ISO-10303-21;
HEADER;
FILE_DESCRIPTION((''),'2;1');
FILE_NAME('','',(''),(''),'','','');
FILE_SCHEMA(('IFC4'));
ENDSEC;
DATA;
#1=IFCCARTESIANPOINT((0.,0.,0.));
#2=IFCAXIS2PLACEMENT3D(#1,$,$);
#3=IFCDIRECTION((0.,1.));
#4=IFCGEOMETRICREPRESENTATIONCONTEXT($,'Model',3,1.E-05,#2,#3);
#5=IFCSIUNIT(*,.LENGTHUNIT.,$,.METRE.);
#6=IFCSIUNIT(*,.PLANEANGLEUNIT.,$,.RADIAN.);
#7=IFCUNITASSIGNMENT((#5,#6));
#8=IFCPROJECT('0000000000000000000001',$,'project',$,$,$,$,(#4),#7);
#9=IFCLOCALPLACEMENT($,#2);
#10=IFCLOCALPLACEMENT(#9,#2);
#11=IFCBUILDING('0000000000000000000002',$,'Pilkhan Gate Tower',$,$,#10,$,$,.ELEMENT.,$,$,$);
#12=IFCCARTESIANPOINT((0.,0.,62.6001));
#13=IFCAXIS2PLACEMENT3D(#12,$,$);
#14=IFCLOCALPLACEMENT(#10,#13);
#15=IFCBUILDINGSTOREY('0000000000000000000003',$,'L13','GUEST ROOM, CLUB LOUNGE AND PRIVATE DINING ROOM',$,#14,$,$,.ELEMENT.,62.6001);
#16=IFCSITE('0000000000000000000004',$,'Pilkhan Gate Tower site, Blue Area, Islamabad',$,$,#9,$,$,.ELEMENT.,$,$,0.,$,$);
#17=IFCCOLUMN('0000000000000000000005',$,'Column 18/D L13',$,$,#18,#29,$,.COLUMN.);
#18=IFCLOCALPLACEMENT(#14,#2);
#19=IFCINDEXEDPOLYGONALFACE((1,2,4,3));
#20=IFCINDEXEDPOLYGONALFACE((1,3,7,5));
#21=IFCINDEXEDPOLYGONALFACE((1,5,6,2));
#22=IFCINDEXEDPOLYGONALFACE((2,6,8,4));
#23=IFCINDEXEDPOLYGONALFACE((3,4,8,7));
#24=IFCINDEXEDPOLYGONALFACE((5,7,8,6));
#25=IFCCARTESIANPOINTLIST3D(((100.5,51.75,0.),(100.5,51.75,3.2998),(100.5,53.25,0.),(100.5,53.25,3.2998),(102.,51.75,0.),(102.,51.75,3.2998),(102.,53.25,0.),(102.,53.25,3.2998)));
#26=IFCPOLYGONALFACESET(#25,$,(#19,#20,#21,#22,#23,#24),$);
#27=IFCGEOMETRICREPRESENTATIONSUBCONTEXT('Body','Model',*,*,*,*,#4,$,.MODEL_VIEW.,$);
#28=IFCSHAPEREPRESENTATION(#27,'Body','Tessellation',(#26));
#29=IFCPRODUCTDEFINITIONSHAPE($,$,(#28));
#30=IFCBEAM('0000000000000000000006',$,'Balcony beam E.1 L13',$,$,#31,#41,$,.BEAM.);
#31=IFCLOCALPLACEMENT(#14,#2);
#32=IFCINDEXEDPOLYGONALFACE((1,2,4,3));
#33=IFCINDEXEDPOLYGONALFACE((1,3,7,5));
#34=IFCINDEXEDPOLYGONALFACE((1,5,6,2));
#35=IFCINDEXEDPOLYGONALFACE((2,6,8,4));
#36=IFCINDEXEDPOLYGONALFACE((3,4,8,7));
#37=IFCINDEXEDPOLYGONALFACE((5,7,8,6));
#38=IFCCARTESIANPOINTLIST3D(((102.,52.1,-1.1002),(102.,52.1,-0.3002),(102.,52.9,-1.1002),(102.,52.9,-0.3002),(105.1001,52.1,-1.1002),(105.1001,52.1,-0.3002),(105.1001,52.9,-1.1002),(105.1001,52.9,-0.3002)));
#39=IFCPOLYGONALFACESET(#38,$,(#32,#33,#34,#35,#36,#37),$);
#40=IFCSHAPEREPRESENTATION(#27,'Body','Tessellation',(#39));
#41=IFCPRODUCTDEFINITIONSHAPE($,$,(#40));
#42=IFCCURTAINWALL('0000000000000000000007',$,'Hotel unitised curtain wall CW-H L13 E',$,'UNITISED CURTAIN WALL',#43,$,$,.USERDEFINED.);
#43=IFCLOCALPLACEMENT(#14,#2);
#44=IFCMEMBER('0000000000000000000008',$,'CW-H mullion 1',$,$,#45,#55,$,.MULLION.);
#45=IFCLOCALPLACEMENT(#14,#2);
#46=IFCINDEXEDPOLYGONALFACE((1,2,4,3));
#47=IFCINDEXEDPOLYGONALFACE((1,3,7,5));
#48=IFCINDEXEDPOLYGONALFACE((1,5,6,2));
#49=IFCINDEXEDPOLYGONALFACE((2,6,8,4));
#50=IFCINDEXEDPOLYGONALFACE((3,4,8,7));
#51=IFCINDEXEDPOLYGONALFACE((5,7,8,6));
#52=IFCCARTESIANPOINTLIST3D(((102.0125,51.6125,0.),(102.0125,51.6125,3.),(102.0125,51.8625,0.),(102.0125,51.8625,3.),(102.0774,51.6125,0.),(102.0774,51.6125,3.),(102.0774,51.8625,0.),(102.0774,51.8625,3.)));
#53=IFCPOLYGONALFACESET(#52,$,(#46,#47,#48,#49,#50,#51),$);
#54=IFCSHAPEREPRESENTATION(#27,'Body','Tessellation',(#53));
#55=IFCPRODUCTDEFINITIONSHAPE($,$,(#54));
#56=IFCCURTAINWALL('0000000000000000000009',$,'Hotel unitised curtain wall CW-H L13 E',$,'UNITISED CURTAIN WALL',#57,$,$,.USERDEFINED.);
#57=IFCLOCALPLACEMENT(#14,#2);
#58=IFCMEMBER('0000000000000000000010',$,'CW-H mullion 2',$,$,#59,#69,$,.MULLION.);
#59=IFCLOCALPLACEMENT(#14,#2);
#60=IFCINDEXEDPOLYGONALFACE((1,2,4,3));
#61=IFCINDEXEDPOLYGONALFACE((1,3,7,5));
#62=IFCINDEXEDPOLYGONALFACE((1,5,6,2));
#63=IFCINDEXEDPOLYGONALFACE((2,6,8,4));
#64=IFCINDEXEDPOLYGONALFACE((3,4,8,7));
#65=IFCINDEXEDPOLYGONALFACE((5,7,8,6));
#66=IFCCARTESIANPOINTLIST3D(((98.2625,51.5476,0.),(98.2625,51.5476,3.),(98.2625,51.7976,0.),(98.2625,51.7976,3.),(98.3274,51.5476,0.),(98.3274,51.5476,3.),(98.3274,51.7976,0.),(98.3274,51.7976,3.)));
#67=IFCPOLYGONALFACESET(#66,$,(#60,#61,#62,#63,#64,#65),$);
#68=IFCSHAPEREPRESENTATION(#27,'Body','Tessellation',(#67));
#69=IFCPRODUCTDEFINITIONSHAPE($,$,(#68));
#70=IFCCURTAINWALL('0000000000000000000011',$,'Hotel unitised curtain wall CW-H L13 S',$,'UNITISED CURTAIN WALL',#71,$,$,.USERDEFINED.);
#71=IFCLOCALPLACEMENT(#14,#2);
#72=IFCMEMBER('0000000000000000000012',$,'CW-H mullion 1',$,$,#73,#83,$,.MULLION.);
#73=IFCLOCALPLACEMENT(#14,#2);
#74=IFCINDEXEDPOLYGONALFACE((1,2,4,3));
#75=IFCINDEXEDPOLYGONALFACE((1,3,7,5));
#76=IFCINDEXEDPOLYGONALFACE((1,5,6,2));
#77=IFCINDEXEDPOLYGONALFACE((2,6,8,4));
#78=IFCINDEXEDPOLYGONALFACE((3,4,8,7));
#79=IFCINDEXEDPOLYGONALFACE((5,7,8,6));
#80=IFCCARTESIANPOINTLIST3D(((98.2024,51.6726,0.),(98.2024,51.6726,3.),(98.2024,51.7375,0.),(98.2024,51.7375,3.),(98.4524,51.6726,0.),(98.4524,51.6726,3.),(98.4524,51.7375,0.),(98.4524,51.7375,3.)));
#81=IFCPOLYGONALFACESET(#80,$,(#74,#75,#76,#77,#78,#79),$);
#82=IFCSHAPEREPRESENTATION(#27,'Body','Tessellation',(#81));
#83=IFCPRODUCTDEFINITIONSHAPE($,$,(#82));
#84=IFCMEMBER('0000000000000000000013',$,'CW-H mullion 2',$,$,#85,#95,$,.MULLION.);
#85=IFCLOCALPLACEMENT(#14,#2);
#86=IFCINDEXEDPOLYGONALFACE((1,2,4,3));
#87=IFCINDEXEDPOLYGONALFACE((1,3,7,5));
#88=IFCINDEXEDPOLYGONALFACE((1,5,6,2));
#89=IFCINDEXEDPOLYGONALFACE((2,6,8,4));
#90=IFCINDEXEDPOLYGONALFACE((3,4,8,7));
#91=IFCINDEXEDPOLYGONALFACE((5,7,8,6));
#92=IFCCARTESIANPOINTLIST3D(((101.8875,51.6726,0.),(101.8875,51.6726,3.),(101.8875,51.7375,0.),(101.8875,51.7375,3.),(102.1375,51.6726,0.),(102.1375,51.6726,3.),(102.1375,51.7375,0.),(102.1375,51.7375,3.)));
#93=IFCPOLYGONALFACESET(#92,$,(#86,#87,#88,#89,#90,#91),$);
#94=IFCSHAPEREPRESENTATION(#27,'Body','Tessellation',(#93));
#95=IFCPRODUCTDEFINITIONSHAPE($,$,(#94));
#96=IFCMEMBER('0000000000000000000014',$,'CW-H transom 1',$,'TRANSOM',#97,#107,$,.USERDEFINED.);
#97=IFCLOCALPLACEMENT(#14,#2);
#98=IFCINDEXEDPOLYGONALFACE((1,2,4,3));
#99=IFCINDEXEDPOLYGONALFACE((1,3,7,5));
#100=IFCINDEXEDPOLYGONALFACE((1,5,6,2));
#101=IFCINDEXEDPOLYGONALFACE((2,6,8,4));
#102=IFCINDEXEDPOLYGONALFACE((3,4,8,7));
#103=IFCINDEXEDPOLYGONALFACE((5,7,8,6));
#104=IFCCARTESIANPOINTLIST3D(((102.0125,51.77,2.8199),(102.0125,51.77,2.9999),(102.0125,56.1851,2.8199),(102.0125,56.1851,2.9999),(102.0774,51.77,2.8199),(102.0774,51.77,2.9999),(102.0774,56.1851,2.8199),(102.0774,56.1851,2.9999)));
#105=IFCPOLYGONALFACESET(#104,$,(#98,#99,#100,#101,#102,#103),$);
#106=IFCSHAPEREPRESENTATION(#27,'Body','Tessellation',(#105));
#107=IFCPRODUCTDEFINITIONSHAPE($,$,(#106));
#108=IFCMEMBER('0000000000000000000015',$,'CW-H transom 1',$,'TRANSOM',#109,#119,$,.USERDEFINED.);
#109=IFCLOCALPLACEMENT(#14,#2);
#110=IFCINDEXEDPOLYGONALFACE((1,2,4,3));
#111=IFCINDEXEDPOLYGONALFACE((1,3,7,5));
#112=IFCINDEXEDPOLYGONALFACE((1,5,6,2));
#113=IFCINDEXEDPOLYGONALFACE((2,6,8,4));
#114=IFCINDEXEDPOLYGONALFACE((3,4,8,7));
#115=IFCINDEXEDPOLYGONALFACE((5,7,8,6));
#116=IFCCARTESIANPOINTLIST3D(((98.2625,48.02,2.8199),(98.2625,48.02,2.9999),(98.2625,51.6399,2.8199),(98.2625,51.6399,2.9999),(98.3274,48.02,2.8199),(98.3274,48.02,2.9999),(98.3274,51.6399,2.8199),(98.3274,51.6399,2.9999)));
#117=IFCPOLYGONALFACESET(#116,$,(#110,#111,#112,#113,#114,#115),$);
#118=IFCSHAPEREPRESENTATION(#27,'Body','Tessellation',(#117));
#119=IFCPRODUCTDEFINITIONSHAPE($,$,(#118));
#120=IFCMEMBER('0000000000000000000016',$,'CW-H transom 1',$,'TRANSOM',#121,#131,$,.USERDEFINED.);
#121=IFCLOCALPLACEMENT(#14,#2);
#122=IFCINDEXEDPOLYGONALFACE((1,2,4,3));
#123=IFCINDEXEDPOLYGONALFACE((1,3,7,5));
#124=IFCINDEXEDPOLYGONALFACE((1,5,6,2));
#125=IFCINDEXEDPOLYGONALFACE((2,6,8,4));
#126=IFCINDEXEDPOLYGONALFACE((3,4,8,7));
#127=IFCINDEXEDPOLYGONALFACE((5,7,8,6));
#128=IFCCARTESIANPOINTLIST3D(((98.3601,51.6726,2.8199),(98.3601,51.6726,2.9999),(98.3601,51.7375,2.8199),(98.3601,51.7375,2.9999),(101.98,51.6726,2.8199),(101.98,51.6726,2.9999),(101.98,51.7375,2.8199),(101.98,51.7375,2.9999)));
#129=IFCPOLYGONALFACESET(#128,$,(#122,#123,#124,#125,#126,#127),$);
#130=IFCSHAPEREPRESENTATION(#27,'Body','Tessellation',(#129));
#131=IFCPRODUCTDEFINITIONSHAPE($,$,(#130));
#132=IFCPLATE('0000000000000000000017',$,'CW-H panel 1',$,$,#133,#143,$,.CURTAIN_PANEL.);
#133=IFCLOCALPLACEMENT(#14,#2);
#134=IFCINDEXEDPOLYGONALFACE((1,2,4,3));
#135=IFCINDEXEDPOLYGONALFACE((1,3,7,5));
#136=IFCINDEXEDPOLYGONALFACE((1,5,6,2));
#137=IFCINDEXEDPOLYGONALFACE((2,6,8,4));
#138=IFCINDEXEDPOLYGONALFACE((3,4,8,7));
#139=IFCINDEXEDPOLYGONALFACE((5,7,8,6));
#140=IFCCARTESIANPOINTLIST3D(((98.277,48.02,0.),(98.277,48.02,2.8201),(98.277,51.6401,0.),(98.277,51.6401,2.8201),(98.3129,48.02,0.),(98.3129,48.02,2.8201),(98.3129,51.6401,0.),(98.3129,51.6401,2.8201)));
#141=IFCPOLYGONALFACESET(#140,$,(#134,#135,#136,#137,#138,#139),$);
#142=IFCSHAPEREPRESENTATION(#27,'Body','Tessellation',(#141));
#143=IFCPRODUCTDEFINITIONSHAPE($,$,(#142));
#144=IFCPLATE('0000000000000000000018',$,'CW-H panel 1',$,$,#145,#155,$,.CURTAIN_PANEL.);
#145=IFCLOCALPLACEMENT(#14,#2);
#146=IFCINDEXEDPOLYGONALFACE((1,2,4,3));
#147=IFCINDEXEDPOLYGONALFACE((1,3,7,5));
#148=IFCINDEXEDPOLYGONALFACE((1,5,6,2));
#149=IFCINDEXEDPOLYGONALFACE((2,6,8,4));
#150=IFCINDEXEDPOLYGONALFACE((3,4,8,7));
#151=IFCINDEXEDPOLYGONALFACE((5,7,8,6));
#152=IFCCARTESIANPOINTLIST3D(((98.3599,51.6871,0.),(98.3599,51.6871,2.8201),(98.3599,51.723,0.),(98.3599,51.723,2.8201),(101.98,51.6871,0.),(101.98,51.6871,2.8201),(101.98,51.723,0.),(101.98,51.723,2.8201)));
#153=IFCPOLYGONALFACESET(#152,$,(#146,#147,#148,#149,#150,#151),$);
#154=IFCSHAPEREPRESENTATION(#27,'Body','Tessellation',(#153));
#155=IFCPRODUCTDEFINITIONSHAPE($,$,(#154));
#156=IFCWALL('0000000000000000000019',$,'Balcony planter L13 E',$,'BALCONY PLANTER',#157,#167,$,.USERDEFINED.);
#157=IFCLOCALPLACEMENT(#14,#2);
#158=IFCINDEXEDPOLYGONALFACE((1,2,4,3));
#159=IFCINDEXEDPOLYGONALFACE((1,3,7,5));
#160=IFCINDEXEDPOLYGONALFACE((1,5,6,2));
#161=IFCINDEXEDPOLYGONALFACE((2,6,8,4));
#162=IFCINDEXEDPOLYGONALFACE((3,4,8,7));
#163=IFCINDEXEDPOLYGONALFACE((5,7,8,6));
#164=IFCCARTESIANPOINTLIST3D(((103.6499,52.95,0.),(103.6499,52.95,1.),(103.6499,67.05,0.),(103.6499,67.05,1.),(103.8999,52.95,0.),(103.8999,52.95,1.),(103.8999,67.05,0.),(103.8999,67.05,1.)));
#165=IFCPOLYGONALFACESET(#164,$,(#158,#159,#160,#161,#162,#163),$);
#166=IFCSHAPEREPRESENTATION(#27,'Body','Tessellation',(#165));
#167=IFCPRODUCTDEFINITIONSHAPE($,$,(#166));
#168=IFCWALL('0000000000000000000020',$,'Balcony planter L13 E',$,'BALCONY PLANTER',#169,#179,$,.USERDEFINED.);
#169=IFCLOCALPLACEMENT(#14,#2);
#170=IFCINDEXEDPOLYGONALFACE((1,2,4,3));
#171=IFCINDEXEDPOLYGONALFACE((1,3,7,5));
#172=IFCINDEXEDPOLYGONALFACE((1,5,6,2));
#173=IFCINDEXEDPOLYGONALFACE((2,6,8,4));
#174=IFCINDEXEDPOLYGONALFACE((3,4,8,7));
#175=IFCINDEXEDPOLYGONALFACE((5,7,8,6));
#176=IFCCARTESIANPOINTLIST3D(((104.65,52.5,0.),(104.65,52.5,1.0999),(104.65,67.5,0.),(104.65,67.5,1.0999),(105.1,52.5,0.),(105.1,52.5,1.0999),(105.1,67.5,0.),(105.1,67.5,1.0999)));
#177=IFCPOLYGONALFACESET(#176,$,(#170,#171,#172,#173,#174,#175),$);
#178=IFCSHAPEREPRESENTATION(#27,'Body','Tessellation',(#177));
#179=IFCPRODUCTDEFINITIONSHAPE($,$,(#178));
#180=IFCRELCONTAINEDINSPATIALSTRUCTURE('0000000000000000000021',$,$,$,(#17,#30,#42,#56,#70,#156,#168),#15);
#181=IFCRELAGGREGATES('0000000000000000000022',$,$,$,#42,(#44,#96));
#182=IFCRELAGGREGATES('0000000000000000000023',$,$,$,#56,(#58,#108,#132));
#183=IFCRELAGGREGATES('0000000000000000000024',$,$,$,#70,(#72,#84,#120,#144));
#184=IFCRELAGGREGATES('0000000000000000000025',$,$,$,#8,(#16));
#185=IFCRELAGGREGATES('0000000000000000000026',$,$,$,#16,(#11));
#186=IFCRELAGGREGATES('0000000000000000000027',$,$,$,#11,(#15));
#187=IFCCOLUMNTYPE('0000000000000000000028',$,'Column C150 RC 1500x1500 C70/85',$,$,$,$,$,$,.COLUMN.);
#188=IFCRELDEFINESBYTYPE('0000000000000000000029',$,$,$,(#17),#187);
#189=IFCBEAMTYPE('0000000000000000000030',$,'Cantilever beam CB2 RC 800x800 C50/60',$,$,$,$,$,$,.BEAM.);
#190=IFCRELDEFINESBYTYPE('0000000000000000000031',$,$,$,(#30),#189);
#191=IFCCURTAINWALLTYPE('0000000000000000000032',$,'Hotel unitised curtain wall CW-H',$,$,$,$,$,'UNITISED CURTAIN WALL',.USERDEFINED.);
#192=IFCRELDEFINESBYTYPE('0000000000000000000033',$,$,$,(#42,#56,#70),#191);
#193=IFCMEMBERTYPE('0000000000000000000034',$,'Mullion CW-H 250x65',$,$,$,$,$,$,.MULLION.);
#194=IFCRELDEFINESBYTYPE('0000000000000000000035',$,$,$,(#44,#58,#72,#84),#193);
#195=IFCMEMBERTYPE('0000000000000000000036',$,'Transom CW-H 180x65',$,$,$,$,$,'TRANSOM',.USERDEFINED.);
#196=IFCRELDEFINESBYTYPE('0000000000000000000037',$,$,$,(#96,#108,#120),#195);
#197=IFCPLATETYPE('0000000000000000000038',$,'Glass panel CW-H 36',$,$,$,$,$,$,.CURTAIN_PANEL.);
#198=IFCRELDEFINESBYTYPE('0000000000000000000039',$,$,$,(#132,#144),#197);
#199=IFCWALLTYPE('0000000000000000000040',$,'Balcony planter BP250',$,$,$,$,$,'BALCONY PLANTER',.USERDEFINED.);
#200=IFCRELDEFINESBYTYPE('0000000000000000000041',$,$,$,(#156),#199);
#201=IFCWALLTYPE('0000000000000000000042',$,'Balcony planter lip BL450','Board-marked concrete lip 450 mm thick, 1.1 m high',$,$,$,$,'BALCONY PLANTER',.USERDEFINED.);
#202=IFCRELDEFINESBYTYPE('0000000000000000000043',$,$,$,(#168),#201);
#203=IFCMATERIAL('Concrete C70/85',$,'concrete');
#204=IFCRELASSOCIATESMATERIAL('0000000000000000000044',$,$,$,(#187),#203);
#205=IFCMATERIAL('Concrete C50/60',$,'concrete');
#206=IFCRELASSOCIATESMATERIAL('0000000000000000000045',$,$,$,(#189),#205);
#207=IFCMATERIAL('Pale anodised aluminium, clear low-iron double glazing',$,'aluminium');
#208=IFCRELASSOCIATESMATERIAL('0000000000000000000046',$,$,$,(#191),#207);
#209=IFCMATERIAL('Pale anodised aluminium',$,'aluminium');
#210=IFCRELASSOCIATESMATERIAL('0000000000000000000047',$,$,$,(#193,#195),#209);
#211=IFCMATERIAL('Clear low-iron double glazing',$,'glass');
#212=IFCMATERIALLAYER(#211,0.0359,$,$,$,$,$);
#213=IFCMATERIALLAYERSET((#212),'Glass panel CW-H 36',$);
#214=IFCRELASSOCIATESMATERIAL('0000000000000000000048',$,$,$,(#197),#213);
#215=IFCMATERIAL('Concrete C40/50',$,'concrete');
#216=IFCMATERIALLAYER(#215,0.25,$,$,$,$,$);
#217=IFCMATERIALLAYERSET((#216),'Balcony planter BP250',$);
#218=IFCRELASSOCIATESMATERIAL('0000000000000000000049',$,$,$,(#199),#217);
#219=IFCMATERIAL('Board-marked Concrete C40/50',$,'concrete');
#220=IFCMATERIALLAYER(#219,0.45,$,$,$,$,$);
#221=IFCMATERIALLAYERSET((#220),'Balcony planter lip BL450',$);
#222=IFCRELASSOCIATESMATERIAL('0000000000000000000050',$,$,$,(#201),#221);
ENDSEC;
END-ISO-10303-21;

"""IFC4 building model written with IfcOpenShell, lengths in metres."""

from ifc_helpers import new_model, si_unit, direction, frame, frame_2d, origin, origin_2d, place, context, subcontext, project, spatial, rectangle, extrude, material, layer, layer_set, material_profile, profile_set, type_object, element, aggregate, save


model = new_model("IFC4")

# Units and contexts
model_context = context("Model", 3, precision=1e-05, world=origin(), true_north=direction((0.0, 1.0)))
body_context = subcontext(model_context, "Body", "Model", "MODEL_VIEW")
ifc_project = project(units=[si_unit("LENGTHUNIT", "METRE"), si_unit("PLANEANGLEUNIT", "RADIAN")], contexts=[model_context])

# Site, building, storey
site_placement = place(None, origin())
site = spatial("IfcSite", under=ifc_project, at=site_placement, Name="Pilkhan Gate Tower site, Blue Area, Islamabad", CompositionType="ELEMENT", RefElevation=0.0)
building_placement = place(site_placement, origin())
building = spatial("IfcBuilding", under=site, at=building_placement, Name="Pilkhan Gate Tower", CompositionType="ELEMENT")
storey_placement = place(building_placement, frame((0.0, 0.0, 62.6001)))
storey = spatial("IfcBuildingStorey", under=building, at=storey_placement, Name="L13", Description="GUEST ROOM, CLUB LOUNGE AND PRIVATE DINING ROOM", CompositionType="ELEMENT", Elevation=62.6001)

# Column
ifc_material_1 = material(Name="Concrete C70/85", Category="concrete")
ifc_material_profile_1 = material_profile(ifc_material_1, rectangle(XDim=1.5, YDim=1.5, at=origin_2d()), Name="RC 1500x1500")
ifc_profile_set_1 = profile_set([ifc_material_profile_1], Name="Concrete C70/85")
column_type = type_object("IfcColumnType", Name="Column C150 RC 1500x1500 C70/85", PredefinedType="COLUMN", material=ifc_profile_set_1)
column_placement = place(storey_placement, frame((101.25, 52.5, 0.0), z_axis=(0.0, 0.0, 1.0), x_axis=(1.0, 0.0, 0.0)))
element("IfcColumn", 1, at=column_placement, inside=storey, type_object=column_type, Name="Column 18/D L13", PredefinedType="COLUMN", context=body_context, shape_type="SweptSolid", body=[
    extrude(rectangle(XDim=1.5, YDim=1.5, at=origin_2d()), origin(), (0.0, 0.0, 1.0), 3.2998),
])

# Beam
ifc_material_2 = material(Name="Concrete C50/60", Category="concrete")
ifc_material_profile_2 = material_profile(ifc_material_2, rectangle(XDim=0.8, YDim=0.8, at=origin_2d()), Name="RC 800x800")
ifc_profile_set_2 = profile_set([ifc_material_profile_2], Name="Concrete C50/60")
beam_type = type_object("IfcBeamType", Name="Cantilever beam CB2 RC 800x800 C50/60", PredefinedType="BEAM", material=ifc_profile_set_2)
beam_placement = place(storey_placement, frame((102.0, 52.5, -0.7002), z_axis=(1.0, 0.0, 0.0), x_axis=(0.0, 1.0, 0.0)))
element("IfcBeam", 2, at=beam_placement, inside=storey, type_object=beam_type, Name="Balcony beam E.1 L13", PredefinedType="BEAM", context=body_context, shape_type="SweptSolid", body=[
    extrude(rectangle(XDim=0.8, YDim=0.8, at=origin_2d()), origin(), (0.0, 0.0, 1.0), 3.1001),
])

# Curtain walls, members
ifc_material_3 = material(Name="Pale anodised aluminium, clear low-iron double glazing", Category="aluminium")
curtain_wall_type = type_object("IfcCurtainWallType", Name="Hotel unitised curtain wall CW-H", ElementType="UNITISED CURTAIN WALL", PredefinedType="USERDEFINED", material=ifc_material_3)
curtain_wall_1_placement = place(storey_placement, origin())
curtain_wall_1 = element("IfcCurtainWall", 3, at=curtain_wall_1_placement, inside=storey, type_object=curtain_wall_type, Name="Hotel unitised curtain wall CW-H L13 E", ObjectType="UNITISED CURTAIN WALL", PredefinedType="USERDEFINED")
ifc_material_4 = material(Name="Pale anodised aluminium", Category="aluminium")
ifc_material_profile_3 = material_profile(ifc_material_4, rectangle(XDim=0.0649, YDim=0.25, at=origin_2d()), Name="Mullion 250x65")
ifc_profile_set_3 = profile_set([ifc_material_profile_3], Name="Pale anodised aluminium")
member_type_1 = type_object("IfcMemberType", Name="Mullion CW-H 250x65", PredefinedType="MULLION", material=ifc_profile_set_3)
member_1_placement = place(storey_placement, frame((102.0449, 51.7375, 0.0), z_axis=(0.0, 0.0, 1.0), x_axis=(-1.0, 0.0, 0.0)))
member_1 = element("IfcMember", 4, at=member_1_placement, type_object=member_type_1, Name="CW-H mullion 1", PredefinedType="MULLION", context=body_context, shape_type="SweptSolid", body=[
    extrude(rectangle(XDim=0.0649, YDim=0.25, at=origin_2d()), origin(), (0.0, 0.0, 1.0), 3.0),
])
curtain_wall_2_placement = place(storey_placement, origin())
curtain_wall_2 = element("IfcCurtainWall", 5, at=curtain_wall_2_placement, inside=storey, type_object=curtain_wall_type, Name="Hotel unitised curtain wall CW-H L13 E", ObjectType="UNITISED CURTAIN WALL", PredefinedType="USERDEFINED")
member_2_placement = place(storey_placement, frame((98.2949, 51.6726, 0.0), z_axis=(0.0, 0.0, 1.0), x_axis=(-1.0, 0.0, 0.0)))
member_2 = element("IfcMember", 6, at=member_2_placement, type_object=member_type_1, Name="CW-H mullion 2", PredefinedType="MULLION", context=body_context, shape_type="SweptSolid", body=[
    extrude(rectangle(XDim=0.0649, YDim=0.25, at=origin_2d()), origin(), (0.0, 0.0, 1.0), 3.0),
])

# Curtain wall, members
curtain_wall_3_placement = place(storey_placement, origin())
curtain_wall_3 = element("IfcCurtainWall", 7, at=curtain_wall_3_placement, inside=storey, type_object=curtain_wall_type, Name="Hotel unitised curtain wall CW-H L13 S", ObjectType="UNITISED CURTAIN WALL", PredefinedType="USERDEFINED")
member_3_placement = place(storey_placement, frame((98.3274, 51.7051, 0.0), z_axis=(0.0, 0.0, 1.0), x_axis=(0.0, 1.0, 0.0)))
member_3 = element("IfcMember", 8, at=member_3_placement, type_object=member_type_1, Name="CW-H mullion 1", PredefinedType="MULLION", context=body_context, shape_type="SweptSolid", body=[
    extrude(rectangle(XDim=0.0649, YDim=0.25, at=origin_2d()), origin(), (0.0, 0.0, 1.0), 3.0),
])
member_4_placement = place(storey_placement, frame((102.0125, 51.7051, 0.0), z_axis=(0.0, 0.0, 1.0), x_axis=(0.0, 1.0, 0.0)))
member_4 = element("IfcMember", 9, at=member_4_placement, type_object=member_type_1, Name="CW-H mullion 2", PredefinedType="MULLION", context=body_context, shape_type="SweptSolid", body=[
    extrude(rectangle(XDim=0.0649, YDim=0.25, at=origin_2d()), origin(), (0.0, 0.0, 1.0), 3.0),
])

# Members
ifc_material_profile_4 = material_profile(ifc_material_4, rectangle(XDim=0.0649, YDim=0.1799, at=origin_2d()), Name="Transom 180x65")
ifc_profile_set_4 = profile_set([ifc_material_profile_4], Name="Pale anodised aluminium")
member_type_2 = type_object("IfcMemberType", Name="Transom CW-H 180x65", ElementType="TRANSOM", PredefinedType="USERDEFINED", material=ifc_profile_set_4)
member_5_placement = place(storey_placement, frame((102.0449, 51.77, 2.9099), z_axis=(0.0, 1.0, 0.0), x_axis=(-1.0, 0.0, 0.0)))
member_5 = element("IfcMember", 10, at=member_5_placement, type_object=member_type_2, Name="CW-H transom 1", ObjectType="TRANSOM", PredefinedType="USERDEFINED", context=body_context, shape_type="SweptSolid", body=[
    extrude(rectangle(XDim=0.0649, YDim=0.1799, at=origin_2d()), origin(), (0.0, 0.0, 1.0), 4.415),
])
aggregate(curtain_wall_1, [member_1, member_5])
member_6_placement = place(storey_placement, frame((98.2949, 48.02, 2.9099), z_axis=(0.0, 1.0, 0.0), x_axis=(-1.0, 0.0, 0.0)))
member_6 = element("IfcMember", 11, at=member_6_placement, type_object=member_type_2, Name="CW-H transom 1", ObjectType="TRANSOM", PredefinedType="USERDEFINED", context=body_context, shape_type="SweptSolid", body=[
    extrude(rectangle(XDim=0.0649, YDim=0.1799, at=origin_2d()), origin(), (0.0, 0.0, 1.0), 3.6199),
])
member_7_placement = place(storey_placement, frame((98.3601, 51.7051, 2.9099), z_axis=(1.0, 0.0, 0.0), x_axis=(0.0, 1.0, 0.0)))
member_7 = element("IfcMember", 12, at=member_7_placement, type_object=member_type_2, Name="CW-H transom 1", ObjectType="TRANSOM", PredefinedType="USERDEFINED", context=body_context, shape_type="SweptSolid", body=[
    extrude(rectangle(XDim=0.0649, YDim=0.1799, at=origin_2d()), origin(), (0.0, 0.0, 1.0), 3.6199),
])

# Plates
ifc_material_5 = material(Name="Clear low-iron double glazing", Category="glass")
ifc_layer_1 = layer(ifc_material_5, 0.0359)
ifc_layer_set_1 = layer_set([ifc_layer_1], Name="Glass panel CW-H 36")
plate_type = type_object("IfcPlateType", Name="Glass panel CW-H 36", PredefinedType="CURTAIN_PANEL", material=ifc_layer_set_1)
plate_1_placement = place(storey_placement, frame((98.2949, 49.8301, 0.0), z_axis=(0.0, 0.0, 1.0), x_axis=(0.0, 1.0, 0.0)))
plate_1 = element("IfcPlate", 13, at=plate_1_placement, type_object=plate_type, Name="CW-H panel 1", PredefinedType="CURTAIN_PANEL", context=body_context, shape_type="SweptSolid", body=[
    extrude(rectangle(XDim=3.6201, YDim=0.0359, at=origin_2d()), origin(), (0.0, 0.0, 1.0), 2.8201),
])
aggregate(curtain_wall_2, [member_2, member_6, plate_1])
plate_2_placement = place(storey_placement, frame((100.1699, 51.7051, 0.0), z_axis=(0.0, 0.0, 1.0), x_axis=(1.0, 0.0, 0.0)))
plate_2 = element("IfcPlate", 14, at=plate_2_placement, type_object=plate_type, Name="CW-H panel 1", PredefinedType="CURTAIN_PANEL", context=body_context, shape_type="SweptSolid", body=[
    extrude(rectangle(XDim=3.6201, YDim=0.0359, at=origin_2d()), origin(), (0.0, 0.0, 1.0), 2.8201),
])
aggregate(curtain_wall_3, [member_3, member_4, member_7, plate_2])

# Walls
ifc_material_6 = material(Name="Concrete C40/50", Category="concrete")
ifc_layer_2 = layer(ifc_material_6, 0.25)
ifc_layer_set_2 = layer_set([ifc_layer_2], Name="Balcony planter BP250")
wall_type_1 = type_object("IfcWallType", Name="Balcony planter BP250", ElementType="BALCONY PLANTER", PredefinedType="USERDEFINED", material=ifc_layer_set_2)
wall_1_placement = place(storey_placement, frame((103.7749, 52.95, 0.0), z_axis=(0.0, 0.0, 1.0), x_axis=(0.0, 1.0, 0.0)))
element("IfcWall", 15, at=wall_1_placement, inside=storey, type_object=wall_type_1, Name="Balcony planter L13 E", ObjectType="BALCONY PLANTER", PredefinedType="USERDEFINED", context=body_context, shape_type="SweptSolid", body=[
    extrude(rectangle(XDim=14.1001, YDim=0.25, at=frame_2d((7.05, 0.0))), origin(), (0.0, 0.0, 1.0), 1.0),
])
ifc_material_7 = material(Name="Board-marked Concrete C40/50", Category="concrete")
ifc_layer_3 = layer(ifc_material_7, 0.45)
ifc_layer_set_3 = layer_set([ifc_layer_3], Name="Balcony planter lip BL450")
wall_type_2 = type_object("IfcWallType", Name="Balcony planter lip BL450", Description="Board-marked concrete lip 450 mm thick, 1.1 m high", ElementType="BALCONY PLANTER", PredefinedType="USERDEFINED", material=ifc_layer_set_3)
wall_2_placement = place(storey_placement, frame((104.875, 52.5, 0.0), z_axis=(0.0, 0.0, 1.0), x_axis=(0.0, 1.0, 0.0)))
element("IfcWall", 16, at=wall_2_placement, inside=storey, type_object=wall_type_2, Name="Balcony planter L13 E", ObjectType="BALCONY PLANTER", PredefinedType="USERDEFINED", context=body_context, shape_type="SweptSolid", body=[
    extrude(rectangle(XDim=15.0, YDim=0.45, at=frame_2d((7.5, 0.0))), origin(), (0.0, 0.0, 1.0), 1.0999),
])

save(model, "model.ifc")
